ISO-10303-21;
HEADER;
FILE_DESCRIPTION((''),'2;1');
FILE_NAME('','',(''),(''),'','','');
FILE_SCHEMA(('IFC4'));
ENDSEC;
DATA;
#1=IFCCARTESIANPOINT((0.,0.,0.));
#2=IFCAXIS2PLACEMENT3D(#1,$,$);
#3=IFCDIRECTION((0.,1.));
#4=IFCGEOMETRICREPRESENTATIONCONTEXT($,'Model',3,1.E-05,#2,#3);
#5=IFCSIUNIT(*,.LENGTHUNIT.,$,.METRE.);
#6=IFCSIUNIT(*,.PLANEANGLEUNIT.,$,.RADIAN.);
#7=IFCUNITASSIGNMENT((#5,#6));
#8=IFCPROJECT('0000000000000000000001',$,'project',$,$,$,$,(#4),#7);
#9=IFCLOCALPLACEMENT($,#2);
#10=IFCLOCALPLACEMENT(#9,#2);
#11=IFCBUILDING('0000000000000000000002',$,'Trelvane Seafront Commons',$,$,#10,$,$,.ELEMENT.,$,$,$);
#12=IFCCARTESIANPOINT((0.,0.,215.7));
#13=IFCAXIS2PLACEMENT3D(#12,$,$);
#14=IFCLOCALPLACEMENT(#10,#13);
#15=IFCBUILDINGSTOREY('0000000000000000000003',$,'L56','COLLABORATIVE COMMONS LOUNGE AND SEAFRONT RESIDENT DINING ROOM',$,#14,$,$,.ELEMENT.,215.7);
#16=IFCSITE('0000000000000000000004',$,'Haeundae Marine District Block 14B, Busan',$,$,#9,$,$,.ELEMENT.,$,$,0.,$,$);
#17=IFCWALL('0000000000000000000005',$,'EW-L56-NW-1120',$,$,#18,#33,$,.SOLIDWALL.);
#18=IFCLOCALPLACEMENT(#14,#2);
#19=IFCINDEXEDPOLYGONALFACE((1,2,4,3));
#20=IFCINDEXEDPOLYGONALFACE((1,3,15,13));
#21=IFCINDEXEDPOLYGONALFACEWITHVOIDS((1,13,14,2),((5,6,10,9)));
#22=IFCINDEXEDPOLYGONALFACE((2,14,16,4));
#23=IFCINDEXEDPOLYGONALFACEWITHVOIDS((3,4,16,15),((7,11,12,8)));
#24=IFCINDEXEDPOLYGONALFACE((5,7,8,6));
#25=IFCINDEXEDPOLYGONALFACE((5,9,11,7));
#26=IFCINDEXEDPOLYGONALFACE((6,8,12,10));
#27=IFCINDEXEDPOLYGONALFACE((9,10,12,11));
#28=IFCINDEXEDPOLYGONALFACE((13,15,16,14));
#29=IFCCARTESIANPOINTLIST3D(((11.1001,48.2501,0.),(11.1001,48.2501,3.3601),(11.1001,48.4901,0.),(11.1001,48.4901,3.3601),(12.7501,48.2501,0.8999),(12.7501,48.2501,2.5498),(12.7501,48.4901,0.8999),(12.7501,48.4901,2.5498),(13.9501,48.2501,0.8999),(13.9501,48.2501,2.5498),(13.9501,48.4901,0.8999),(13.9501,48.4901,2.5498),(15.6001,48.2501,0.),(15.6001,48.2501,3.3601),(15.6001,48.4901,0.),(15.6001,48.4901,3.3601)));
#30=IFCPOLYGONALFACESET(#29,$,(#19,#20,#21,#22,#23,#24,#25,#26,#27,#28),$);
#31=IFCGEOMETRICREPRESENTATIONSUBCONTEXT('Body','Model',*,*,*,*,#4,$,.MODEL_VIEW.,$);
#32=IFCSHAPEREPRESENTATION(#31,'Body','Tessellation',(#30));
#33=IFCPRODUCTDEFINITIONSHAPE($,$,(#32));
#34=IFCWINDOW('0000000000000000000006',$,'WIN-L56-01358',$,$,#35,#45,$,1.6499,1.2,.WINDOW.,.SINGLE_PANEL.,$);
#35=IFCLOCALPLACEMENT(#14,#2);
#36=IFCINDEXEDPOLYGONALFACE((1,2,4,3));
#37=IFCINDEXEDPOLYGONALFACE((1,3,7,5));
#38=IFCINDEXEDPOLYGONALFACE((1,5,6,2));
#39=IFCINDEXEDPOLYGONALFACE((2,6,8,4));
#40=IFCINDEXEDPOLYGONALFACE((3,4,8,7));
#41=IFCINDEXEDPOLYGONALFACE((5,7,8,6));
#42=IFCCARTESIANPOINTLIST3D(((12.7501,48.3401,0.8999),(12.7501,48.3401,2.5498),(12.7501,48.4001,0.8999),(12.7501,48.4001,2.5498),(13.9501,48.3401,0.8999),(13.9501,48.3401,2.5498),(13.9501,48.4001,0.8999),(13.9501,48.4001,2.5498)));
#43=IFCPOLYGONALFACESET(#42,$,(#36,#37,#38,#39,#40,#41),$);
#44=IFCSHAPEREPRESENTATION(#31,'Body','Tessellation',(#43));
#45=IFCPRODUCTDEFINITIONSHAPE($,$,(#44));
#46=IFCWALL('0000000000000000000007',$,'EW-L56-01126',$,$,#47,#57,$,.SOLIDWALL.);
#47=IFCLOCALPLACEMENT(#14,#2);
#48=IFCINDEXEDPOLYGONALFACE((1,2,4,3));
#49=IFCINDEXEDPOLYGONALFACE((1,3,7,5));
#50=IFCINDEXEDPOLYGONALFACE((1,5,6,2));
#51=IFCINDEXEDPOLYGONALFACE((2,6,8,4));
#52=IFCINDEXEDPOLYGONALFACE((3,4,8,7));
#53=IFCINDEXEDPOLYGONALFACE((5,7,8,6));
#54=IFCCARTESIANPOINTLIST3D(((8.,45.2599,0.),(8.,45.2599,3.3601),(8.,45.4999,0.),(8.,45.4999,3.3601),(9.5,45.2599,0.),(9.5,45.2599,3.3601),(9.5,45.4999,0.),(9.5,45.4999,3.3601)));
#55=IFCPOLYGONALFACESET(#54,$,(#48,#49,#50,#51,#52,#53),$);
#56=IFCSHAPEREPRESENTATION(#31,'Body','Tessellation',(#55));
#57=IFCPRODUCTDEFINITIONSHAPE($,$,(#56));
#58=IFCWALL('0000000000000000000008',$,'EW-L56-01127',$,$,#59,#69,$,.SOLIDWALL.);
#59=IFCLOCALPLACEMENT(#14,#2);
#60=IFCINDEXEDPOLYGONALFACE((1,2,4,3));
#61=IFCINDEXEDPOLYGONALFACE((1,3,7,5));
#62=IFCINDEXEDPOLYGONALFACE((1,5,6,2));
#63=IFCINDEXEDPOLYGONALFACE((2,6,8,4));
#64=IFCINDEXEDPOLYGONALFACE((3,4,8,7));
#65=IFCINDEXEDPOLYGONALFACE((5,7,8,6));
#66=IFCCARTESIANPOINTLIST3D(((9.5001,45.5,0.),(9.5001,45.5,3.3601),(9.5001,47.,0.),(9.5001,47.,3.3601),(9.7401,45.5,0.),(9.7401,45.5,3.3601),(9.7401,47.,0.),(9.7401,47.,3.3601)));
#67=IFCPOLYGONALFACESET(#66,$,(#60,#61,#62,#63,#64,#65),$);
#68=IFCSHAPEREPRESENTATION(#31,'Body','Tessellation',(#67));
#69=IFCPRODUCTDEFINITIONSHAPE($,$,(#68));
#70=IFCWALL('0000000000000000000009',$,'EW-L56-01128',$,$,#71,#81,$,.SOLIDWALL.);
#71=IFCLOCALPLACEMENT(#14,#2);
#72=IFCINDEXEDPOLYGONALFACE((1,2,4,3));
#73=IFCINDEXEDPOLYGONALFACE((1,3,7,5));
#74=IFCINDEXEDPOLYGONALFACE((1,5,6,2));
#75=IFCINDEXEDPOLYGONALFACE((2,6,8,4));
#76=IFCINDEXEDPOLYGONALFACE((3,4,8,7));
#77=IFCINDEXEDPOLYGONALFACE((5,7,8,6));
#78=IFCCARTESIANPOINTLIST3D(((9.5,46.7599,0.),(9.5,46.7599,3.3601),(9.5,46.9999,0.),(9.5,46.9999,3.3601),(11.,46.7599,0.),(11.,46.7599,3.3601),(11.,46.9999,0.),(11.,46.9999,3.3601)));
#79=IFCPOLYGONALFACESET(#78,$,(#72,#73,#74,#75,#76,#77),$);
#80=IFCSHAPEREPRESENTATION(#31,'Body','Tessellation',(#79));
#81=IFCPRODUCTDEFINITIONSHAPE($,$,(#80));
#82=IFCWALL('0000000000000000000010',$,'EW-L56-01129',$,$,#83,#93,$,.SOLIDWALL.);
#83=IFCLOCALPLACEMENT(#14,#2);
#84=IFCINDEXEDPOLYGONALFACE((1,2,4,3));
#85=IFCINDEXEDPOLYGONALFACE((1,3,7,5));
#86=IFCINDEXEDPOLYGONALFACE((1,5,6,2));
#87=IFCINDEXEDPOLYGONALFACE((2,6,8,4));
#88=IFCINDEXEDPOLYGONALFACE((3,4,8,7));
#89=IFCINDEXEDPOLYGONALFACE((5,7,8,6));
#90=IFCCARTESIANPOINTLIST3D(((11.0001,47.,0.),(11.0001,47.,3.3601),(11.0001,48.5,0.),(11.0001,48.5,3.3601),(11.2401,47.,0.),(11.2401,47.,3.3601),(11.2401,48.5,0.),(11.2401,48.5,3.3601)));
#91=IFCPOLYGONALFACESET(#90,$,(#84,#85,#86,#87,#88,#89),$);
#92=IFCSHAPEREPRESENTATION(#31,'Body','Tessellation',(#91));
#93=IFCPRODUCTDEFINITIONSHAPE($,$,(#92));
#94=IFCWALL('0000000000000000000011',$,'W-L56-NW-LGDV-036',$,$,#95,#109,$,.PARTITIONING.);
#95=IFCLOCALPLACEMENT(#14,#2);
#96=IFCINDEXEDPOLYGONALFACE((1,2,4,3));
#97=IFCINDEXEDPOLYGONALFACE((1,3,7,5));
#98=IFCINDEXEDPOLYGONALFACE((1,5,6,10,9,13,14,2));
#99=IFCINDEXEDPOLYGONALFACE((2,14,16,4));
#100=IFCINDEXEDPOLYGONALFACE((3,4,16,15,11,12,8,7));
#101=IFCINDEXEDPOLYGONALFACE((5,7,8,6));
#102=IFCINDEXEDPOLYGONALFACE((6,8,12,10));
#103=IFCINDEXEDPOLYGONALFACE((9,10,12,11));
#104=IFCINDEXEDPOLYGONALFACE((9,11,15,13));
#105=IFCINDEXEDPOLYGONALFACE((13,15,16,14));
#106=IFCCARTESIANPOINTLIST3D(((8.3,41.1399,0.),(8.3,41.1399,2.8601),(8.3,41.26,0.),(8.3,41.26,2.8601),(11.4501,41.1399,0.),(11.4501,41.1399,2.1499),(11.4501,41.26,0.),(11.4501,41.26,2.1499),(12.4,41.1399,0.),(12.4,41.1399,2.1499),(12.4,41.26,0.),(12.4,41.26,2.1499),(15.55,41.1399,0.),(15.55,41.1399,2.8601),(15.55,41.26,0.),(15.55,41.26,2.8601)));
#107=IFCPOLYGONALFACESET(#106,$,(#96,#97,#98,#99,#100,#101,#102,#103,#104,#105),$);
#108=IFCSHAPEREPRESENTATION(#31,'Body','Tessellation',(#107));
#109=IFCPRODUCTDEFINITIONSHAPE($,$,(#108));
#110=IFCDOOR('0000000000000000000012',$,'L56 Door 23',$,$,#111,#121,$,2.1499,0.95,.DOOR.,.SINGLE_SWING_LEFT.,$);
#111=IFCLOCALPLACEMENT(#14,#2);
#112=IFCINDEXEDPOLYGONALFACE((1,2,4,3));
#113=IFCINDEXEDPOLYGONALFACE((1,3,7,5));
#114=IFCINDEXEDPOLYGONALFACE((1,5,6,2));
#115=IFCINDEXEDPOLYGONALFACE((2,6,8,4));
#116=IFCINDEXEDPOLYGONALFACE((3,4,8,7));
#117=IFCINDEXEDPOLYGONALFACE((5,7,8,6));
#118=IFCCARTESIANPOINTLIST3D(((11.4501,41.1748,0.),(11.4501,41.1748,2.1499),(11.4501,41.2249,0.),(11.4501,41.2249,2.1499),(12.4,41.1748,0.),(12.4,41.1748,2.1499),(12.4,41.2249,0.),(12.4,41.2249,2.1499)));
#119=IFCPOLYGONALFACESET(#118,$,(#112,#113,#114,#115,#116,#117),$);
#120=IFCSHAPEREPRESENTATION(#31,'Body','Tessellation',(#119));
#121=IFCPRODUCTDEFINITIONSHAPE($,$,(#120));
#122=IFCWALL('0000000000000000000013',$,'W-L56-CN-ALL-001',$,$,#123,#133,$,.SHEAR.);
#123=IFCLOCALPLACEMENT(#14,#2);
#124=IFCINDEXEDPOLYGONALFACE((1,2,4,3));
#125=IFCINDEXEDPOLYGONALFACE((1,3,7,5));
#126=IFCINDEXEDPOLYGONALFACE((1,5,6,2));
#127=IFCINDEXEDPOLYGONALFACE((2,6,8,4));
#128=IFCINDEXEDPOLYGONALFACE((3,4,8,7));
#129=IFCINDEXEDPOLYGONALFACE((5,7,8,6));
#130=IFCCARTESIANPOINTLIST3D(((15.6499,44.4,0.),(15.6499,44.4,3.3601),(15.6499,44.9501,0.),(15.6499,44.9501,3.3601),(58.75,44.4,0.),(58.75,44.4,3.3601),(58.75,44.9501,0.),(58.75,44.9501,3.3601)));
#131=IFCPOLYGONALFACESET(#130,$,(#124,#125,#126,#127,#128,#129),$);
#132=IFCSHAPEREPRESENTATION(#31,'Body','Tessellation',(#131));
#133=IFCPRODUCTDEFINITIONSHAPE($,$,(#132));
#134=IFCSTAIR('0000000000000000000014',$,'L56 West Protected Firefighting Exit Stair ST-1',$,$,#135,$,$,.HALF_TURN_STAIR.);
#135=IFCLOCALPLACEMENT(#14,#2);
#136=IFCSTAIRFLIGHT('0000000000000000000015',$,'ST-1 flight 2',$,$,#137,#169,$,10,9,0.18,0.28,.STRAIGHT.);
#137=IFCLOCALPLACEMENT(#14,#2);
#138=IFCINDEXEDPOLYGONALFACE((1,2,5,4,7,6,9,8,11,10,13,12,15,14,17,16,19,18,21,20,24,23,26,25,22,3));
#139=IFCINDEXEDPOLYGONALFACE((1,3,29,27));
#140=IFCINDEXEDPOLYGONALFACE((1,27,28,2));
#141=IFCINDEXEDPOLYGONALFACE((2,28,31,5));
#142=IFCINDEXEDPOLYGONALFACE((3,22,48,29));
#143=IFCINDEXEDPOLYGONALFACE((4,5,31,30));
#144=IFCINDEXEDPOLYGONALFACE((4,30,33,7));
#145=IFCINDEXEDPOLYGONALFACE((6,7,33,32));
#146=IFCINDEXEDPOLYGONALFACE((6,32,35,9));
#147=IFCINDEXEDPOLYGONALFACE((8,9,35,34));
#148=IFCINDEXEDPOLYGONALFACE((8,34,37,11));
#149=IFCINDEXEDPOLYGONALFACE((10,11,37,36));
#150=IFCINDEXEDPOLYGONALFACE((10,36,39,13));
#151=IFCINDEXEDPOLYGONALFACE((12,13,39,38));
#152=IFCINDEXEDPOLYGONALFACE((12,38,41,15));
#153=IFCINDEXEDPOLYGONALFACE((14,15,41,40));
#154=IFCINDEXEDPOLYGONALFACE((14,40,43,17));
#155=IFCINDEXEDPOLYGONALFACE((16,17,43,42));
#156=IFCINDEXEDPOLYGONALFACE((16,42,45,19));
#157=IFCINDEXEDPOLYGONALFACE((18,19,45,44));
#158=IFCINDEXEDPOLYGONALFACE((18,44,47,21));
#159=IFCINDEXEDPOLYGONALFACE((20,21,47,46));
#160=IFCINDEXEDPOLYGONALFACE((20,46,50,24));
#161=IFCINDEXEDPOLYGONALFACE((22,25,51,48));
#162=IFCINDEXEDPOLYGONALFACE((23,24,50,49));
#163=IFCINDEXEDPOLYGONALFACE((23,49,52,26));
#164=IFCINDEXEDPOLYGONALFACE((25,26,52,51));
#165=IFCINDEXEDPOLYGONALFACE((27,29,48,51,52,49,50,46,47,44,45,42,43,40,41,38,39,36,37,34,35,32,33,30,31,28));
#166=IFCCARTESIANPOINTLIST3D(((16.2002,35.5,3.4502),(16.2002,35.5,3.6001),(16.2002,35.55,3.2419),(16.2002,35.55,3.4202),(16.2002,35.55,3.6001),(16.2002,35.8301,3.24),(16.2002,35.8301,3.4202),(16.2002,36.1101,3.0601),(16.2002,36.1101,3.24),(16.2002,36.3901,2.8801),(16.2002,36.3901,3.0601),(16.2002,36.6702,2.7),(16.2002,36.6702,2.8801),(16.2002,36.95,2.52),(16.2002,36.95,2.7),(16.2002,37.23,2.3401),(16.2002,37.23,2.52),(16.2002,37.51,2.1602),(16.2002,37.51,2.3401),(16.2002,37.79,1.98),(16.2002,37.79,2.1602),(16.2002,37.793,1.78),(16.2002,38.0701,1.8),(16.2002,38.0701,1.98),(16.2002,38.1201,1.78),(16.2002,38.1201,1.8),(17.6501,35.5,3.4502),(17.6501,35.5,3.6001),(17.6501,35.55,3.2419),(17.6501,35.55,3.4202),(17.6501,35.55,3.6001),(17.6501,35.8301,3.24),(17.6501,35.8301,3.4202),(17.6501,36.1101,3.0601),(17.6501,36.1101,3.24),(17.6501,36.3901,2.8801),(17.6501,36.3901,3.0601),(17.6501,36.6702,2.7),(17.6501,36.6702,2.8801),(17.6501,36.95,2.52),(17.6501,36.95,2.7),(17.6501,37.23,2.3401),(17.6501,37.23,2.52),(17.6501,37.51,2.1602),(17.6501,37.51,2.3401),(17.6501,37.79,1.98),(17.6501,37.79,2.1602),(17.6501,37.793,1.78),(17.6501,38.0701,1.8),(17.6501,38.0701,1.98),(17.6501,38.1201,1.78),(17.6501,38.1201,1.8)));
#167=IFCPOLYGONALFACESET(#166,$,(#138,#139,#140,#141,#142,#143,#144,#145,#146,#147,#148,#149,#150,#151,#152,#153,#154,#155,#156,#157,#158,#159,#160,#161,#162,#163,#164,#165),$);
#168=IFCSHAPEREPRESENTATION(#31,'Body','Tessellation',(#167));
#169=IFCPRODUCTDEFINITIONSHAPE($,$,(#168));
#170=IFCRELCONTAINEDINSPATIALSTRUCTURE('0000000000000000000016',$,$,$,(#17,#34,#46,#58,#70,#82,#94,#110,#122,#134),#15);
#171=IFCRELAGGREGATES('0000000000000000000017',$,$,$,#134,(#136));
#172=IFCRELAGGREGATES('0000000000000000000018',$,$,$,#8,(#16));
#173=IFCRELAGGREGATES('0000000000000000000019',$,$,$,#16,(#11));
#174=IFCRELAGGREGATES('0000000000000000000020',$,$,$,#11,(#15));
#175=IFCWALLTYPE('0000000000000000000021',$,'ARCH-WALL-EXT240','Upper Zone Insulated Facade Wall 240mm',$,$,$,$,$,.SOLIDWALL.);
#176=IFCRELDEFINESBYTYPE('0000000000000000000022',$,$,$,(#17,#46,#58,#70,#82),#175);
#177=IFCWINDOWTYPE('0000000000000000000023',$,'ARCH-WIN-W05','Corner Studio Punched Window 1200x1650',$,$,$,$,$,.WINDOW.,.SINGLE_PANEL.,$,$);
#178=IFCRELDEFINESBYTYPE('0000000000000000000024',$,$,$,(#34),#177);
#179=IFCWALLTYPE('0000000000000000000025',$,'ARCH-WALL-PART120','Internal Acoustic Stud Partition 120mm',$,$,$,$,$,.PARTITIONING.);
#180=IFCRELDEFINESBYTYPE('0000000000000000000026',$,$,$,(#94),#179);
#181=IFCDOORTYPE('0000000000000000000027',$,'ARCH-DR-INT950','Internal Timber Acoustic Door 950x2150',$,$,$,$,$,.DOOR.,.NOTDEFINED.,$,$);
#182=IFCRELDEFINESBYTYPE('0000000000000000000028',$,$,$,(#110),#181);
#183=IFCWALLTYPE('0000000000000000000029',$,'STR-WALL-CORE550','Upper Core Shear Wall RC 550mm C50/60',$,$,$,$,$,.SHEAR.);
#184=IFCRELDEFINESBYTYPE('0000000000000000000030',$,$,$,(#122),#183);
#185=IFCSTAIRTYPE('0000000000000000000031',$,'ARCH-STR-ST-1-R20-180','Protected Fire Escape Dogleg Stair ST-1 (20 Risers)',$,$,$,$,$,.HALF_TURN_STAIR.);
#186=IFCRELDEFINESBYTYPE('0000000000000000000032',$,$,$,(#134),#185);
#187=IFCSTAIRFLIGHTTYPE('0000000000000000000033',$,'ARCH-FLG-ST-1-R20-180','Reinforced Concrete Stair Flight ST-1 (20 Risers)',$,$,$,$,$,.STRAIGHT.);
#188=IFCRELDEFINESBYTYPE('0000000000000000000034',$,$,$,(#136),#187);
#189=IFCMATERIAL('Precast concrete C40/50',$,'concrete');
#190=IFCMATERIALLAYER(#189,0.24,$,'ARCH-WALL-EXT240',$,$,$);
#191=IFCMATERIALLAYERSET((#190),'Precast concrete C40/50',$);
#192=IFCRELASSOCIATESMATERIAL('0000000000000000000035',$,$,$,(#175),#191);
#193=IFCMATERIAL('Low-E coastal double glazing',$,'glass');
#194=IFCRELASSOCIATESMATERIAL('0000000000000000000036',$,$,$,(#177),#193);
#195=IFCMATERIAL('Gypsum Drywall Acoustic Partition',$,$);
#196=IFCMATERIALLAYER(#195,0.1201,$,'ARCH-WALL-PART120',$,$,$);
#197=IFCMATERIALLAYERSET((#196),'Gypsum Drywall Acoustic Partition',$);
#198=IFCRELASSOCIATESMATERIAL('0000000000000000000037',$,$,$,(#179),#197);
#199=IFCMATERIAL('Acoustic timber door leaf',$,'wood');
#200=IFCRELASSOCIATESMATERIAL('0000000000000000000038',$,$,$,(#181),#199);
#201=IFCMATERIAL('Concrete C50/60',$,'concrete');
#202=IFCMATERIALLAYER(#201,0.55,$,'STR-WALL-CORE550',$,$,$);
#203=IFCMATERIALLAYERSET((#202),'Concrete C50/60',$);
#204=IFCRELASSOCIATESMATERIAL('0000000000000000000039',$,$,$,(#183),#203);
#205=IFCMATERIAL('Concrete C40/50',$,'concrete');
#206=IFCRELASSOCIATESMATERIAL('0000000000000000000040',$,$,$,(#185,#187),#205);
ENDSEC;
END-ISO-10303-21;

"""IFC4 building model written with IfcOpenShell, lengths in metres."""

from ifc_helpers import new_model, si_unit, direction, frame, frame_2d, origin, place, context, subcontext, project, spatial, polyline, rectangle, outline, extrude, source, transform, mapped, material, layer, layer_set, type_object, element, fill, aggregate, save


model = new_model("IFC4")

# Units and contexts
model_context = context("Model", 3, precision=1e-05, world=origin(), true_north=direction((0.0, 1.0)))
body_context = subcontext(model_context, "Body", "Model", "MODEL_VIEW")
ifc_project = project(units=[si_unit("LENGTHUNIT", "METRE"), si_unit("PLANEANGLEUNIT", "RADIAN")], contexts=[model_context])

# Site, building, storey
site_placement = place(None, origin())
site = spatial("IfcSite", under=ifc_project, at=site_placement, Name="Haeundae Marine District Block 14B, Busan", CompositionType="ELEMENT", RefElevation=0.0)
building_placement = place(site_placement, origin())
building = spatial("IfcBuilding", under=site, at=building_placement, Name="Trelvane Seafront Commons", CompositionType="ELEMENT")
storey_placement = place(building_placement, frame((0.0, 0.0, 215.7)))
storey = spatial("IfcBuildingStorey", under=building, at=storey_placement, Name="L56", Description="COLLABORATIVE COMMONS LOUNGE AND SEAFRONT RESIDENT DINING ROOM", CompositionType="ELEMENT", Elevation=215.7)

# Shared definitions
ifc_material_1 = material(Name="Concrete C50/60", Category="concrete")

# Shared definitions
ifc_material_2 = material(Name="Low-E coastal double glazing", Category="glass")

# Wall, opening, window
ifc_material_3 = material(Name="Precast concrete C40/50", Category="concrete")
ifc_layer_1 = layer(ifc_material_3, 0.24, Name="ARCH-WALL-EXT240")
ifc_layer_set_1 = layer_set([ifc_layer_1], Name="Precast concrete C40/50")
wall_type_1 = type_object("IfcWallType", Name="ARCH-WALL-EXT240", Description="Upper Zone Insulated Facade Wall 240mm", PredefinedType="SOLIDWALL", material=ifc_layer_set_1)
wall_1_placement = place(storey_placement, frame((11.1001, 48.3701, 0.0), z_axis=(0.0, 0.0, 1.0), x_axis=(1.0, 0.0, 0.0)))
wall_1 = element("IfcWall", 1, at=wall_1_placement, inside=storey, type_object=wall_type_1, Name="EW-L56-NW-1120", PredefinedType="SOLIDWALL", context=body_context, shape_type="SweptSolid", body=[
    extrude(rectangle(XDim=4.5, YDim=0.24, at=frame_2d((2.25, 0.0))), origin(), (0.0, 0.0, 1.0), 3.3601),
])
opening_1_placement = place(wall_1_placement, frame((1.6499, 0.0, 0.8999)))
opening_1 = element("IfcOpeningElement", 2, at=opening_1_placement, cuts=wall_1, PredefinedType="OPENING", context=body_context, shape_type="SweptSolid", body=[
    extrude(rectangle(XDim=1.2, YDim=1.6499, at=frame_2d((0.6001, 0.825))), frame((0.0, 0.1299, 0.0), z_axis=(0.0, -1.0, 0.0), x_axis=(1.0, 0.0, 0.0)), (0.0, 0.0, 1.0), 0.26),
])
window_type = type_object("IfcWindowType", Name="ARCH-WIN-W05", Description="Corner Studio Punched Window 1200x1650", PartitioningType="SINGLE_PANEL", PredefinedType="WINDOW", material=ifc_material_2)
shared_shape_1 = source(origin(), body_context, "Body", "SweptSolid", [
    extrude(rectangle(XDim=1.2, YDim=1.6499, at=frame_2d((0.6001, 0.825))), frame((0.0, 0.03, 0.0), z_axis=(0.0, -1.0, 0.0), x_axis=(1.0, 0.0, 0.0)), (0.0, 0.0, 1.0), 0.0601),
])
window_placement = place(opening_1_placement, origin())
window = element("IfcWindow", 3, at=window_placement, inside=storey, type_object=window_type, Name="WIN-L56-01358", OverallHeight=1.6499, OverallWidth=1.2, PartitioningType="SINGLE_PANEL", PredefinedType="WINDOW", context=body_context, shape_type="MappedRepresentation", body=[
    mapped(shared_shape_1, transform((0.0, 0.0, 0.0), x_axis=(1.0, 0.0, 0.0), y_axis=(0.0, 1.0, 0.0), z_axis=(0.0, 0.0, 1.0), scale=1.0)),
])
fill(opening_1, window)

# Walls
for number, where, z_axis, x_axis, name in (
    (4, (8.0, 45.3799, 0.0), (0.0, 0.0, 1.0), (1.0, 0.0, 0.0), "EW-L56-01126"),
    (5, (9.6201, 45.5, 0.0), (0.0, 0.0, 1.0), (0.0, 1.0, 0.0), "EW-L56-01127"),
    (6, (9.5, 46.8799, 0.0), (0.0, 0.0, 1.0), (1.0, 0.0, 0.0), "EW-L56-01128"),
    (7, (11.1201, 47.0, 0.0), (0.0, 0.0, 1.0), (0.0, 1.0, 0.0), "EW-L56-01129"),
):
    element("IfcWall", number, at=place(storey_placement, frame(where, z_axis=z_axis, x_axis=x_axis)), inside=storey, type_object=wall_type_1, Name=name, PredefinedType="SOLIDWALL", context=body_context, shape_type="SweptSolid", body=[
        extrude(rectangle(XDim=1.5, YDim=0.24, at=frame_2d((0.75, 0.0))), origin(), (0.0, 0.0, 1.0), 3.3601),
    ])

# Wall, opening, door
ifc_material_4 = material(Name="Gypsum Drywall Acoustic Partition")
ifc_layer_2 = layer(ifc_material_4, 0.1201, Name="ARCH-WALL-PART120")
ifc_layer_set_2 = layer_set([ifc_layer_2], Name="Gypsum Drywall Acoustic Partition")
wall_type_2 = type_object("IfcWallType", Name="ARCH-WALL-PART120", Description="Internal Acoustic Stud Partition 120mm", PredefinedType="PARTITIONING", material=ifc_layer_set_2)
wall_2_placement = place(storey_placement, frame((8.3, 41.2, 0.0), z_axis=(0.0, 0.0, 1.0), x_axis=(1.0, 0.0, 0.0)))
wall_2 = element("IfcWall", 8, at=wall_2_placement, inside=storey, type_object=wall_type_2, Name="W-L56-NW-LGDV-036", PredefinedType="PARTITIONING", context=body_context, shape_type="SweptSolid", body=[
    extrude(rectangle(XDim=7.25, YDim=0.1201, at=frame_2d((3.625, 0.0))), origin(), (0.0, 0.0, 1.0), 2.8601),
])
opening_2_placement = place(wall_2_placement, frame((3.1499, 0.0, 0.0)))
opening_2 = element("IfcOpeningElement", 9, at=opening_2_placement, cuts=wall_2, PredefinedType="OPENING", context=body_context, shape_type="SweptSolid", body=[
    extrude(rectangle(XDim=0.95, YDim=2.1499, at=frame_2d((0.4751, 1.075))), frame((0.0, 0.0701, 0.0), z_axis=(0.0, -1.0, 0.0), x_axis=(1.0, 0.0, 0.0)), (0.0, 0.0, 1.0), 0.1401),
])
ifc_material_5 = material(Name="Acoustic timber door leaf", Category="wood")
door_type_1 = type_object("IfcDoorType", Name="ARCH-DR-INT950", Description="Internal Timber Acoustic Door 950x2150", OperationType="NOTDEFINED", PredefinedType="DOOR", material=ifc_material_5)
shared_shape_2 = source(origin(), body_context, "Body", "SweptSolid", [
    extrude(rectangle(XDim=0.95, YDim=2.1499, at=frame_2d((0.4751, 1.075))), frame((0.0, 0.0249, 0.0), z_axis=(0.0, -1.0, 0.0), x_axis=(1.0, 0.0, 0.0)), (0.0, 0.0, 1.0), 0.05),
])
door_1_placement = place(opening_2_placement, origin())
door_1 = element("IfcDoor", 10, at=door_1_placement, inside=storey, type_object=door_type_1, Name="L56 Door 23", OperationType="SINGLE_SWING_LEFT", OverallHeight=2.1499, OverallWidth=0.95, PredefinedType="DOOR", context=body_context, shape_type="MappedRepresentation", body=[
    mapped(shared_shape_2, transform((0.0, 0.0, 0.0), x_axis=(1.0, 0.0, 0.0), y_axis=(0.0, 1.0, 0.0), z_axis=(0.0, 0.0, 1.0), scale=1.0)),
])
fill(opening_2, door_1)

# Wall
ifc_layer_3 = layer(ifc_material_1, 0.55, Name="STR-WALL-CORE550")
ifc_layer_set_3 = layer_set([ifc_layer_3], Name="Concrete C50/60")
wall_type_3 = type_object("IfcWallType", Name="STR-WALL-CORE550", Description="Upper Core Shear Wall RC 550mm C50/60", PredefinedType="SHEAR", material=ifc_layer_set_3)
wall_3_placement = place(storey_placement, frame((15.6499, 44.675, 0.0), z_axis=(0.0, 0.0, 1.0), x_axis=(1.0, 0.0, 0.0)))
element("IfcWall", 11, at=wall_3_placement, inside=storey, type_object=wall_type_3, Name="W-L56-CN-ALL-001", PredefinedType="SHEAR", context=body_context, shape_type="SweptSolid", body=[
    extrude(rectangle(XDim=43.1001, YDim=0.55, at=frame_2d((21.55, 0.0))), origin(), (0.0, 0.0, 1.0), 3.3601),
])

# Stair, stair flight
ifc_material_6 = material(Name="Concrete C40/50", Category="concrete")
stair_type = type_object("IfcStairType", Name="ARCH-STR-ST-1-R20-180", Description="Protected Fire Escape Dogleg Stair ST-1 (20 Risers)", PredefinedType="HALF_TURN_STAIR", material=ifc_material_6)
stair_placement = place(storey_placement, origin())
stair = element("IfcStair", 12, at=stair_placement, inside=storey, type_object=stair_type, Name="L56 West Protected Firefighting Exit Stair ST-1", PredefinedType="HALF_TURN_STAIR")
stair_flight_type = type_object("IfcStairFlightType", Name="ARCH-FLG-ST-1-R20-180", Description="Reinforced Concrete Stair Flight ST-1 (20 Risers)", PredefinedType="STRAIGHT", material=ifc_material_6)
shared_shape_3 = source(origin(), body_context, "Body", "SweptSolid", [
    extrude(outline(polyline([(-0.05, -0.02), (-0.05, 0.0), (0.0, 0.0), (0.0, 0.1799), (0.28, 0.1799), (0.28, 0.3601), (0.5601, 0.3601), (0.5601, 0.54), (0.8401, 0.54), (0.8401, 0.72), (1.1201, 0.72), (1.1201, 0.8999), (1.3999, 0.8999), (1.3999, 1.0801), (1.6799, 1.0801), (1.6799, 1.26), (1.96, 1.26), (1.96, 1.4399), (2.24, 1.4399), (2.24, 1.6201), (2.52, 1.6201), (2.52, 1.8), (2.5701, 1.8), (2.5701, 1.6501), (2.52, 1.4419), (0.2771, -0.02), (-0.05, -0.02)])), frame((0.0, 0.7251, 0.0), z_axis=(0.0, -1.0, 0.0), x_axis=(1.0, 0.0, 0.0)), (0.0, 0.0, 1.0), 1.45),
])
stair_flight_placement = place(storey_placement, frame((16.925, 38.0701, 1.8), z_axis=(0.0, 0.0, 1.0), x_axis=(0.0, -1.0, 0.0)))
stair_flight = element("IfcStairFlight", 13, at=stair_flight_placement, type_object=stair_flight_type, Name="ST-1 flight 2", NumberOfRisers=10, NumberOfTreads=9, PredefinedType="STRAIGHT", RiserHeight=0.18, TreadLength=0.28, context=body_context, shape_type="MappedRepresentation", body=[
    mapped(shared_shape_3, transform((0.0, 0.0, 0.0), x_axis=(1.0, 0.0, 0.0), y_axis=(0.0, 1.0, 0.0), z_axis=(0.0, 0.0, 1.0), scale=1.0)),
])
aggregate(stair, [stair_flight])

save(model, "model.ifc")
